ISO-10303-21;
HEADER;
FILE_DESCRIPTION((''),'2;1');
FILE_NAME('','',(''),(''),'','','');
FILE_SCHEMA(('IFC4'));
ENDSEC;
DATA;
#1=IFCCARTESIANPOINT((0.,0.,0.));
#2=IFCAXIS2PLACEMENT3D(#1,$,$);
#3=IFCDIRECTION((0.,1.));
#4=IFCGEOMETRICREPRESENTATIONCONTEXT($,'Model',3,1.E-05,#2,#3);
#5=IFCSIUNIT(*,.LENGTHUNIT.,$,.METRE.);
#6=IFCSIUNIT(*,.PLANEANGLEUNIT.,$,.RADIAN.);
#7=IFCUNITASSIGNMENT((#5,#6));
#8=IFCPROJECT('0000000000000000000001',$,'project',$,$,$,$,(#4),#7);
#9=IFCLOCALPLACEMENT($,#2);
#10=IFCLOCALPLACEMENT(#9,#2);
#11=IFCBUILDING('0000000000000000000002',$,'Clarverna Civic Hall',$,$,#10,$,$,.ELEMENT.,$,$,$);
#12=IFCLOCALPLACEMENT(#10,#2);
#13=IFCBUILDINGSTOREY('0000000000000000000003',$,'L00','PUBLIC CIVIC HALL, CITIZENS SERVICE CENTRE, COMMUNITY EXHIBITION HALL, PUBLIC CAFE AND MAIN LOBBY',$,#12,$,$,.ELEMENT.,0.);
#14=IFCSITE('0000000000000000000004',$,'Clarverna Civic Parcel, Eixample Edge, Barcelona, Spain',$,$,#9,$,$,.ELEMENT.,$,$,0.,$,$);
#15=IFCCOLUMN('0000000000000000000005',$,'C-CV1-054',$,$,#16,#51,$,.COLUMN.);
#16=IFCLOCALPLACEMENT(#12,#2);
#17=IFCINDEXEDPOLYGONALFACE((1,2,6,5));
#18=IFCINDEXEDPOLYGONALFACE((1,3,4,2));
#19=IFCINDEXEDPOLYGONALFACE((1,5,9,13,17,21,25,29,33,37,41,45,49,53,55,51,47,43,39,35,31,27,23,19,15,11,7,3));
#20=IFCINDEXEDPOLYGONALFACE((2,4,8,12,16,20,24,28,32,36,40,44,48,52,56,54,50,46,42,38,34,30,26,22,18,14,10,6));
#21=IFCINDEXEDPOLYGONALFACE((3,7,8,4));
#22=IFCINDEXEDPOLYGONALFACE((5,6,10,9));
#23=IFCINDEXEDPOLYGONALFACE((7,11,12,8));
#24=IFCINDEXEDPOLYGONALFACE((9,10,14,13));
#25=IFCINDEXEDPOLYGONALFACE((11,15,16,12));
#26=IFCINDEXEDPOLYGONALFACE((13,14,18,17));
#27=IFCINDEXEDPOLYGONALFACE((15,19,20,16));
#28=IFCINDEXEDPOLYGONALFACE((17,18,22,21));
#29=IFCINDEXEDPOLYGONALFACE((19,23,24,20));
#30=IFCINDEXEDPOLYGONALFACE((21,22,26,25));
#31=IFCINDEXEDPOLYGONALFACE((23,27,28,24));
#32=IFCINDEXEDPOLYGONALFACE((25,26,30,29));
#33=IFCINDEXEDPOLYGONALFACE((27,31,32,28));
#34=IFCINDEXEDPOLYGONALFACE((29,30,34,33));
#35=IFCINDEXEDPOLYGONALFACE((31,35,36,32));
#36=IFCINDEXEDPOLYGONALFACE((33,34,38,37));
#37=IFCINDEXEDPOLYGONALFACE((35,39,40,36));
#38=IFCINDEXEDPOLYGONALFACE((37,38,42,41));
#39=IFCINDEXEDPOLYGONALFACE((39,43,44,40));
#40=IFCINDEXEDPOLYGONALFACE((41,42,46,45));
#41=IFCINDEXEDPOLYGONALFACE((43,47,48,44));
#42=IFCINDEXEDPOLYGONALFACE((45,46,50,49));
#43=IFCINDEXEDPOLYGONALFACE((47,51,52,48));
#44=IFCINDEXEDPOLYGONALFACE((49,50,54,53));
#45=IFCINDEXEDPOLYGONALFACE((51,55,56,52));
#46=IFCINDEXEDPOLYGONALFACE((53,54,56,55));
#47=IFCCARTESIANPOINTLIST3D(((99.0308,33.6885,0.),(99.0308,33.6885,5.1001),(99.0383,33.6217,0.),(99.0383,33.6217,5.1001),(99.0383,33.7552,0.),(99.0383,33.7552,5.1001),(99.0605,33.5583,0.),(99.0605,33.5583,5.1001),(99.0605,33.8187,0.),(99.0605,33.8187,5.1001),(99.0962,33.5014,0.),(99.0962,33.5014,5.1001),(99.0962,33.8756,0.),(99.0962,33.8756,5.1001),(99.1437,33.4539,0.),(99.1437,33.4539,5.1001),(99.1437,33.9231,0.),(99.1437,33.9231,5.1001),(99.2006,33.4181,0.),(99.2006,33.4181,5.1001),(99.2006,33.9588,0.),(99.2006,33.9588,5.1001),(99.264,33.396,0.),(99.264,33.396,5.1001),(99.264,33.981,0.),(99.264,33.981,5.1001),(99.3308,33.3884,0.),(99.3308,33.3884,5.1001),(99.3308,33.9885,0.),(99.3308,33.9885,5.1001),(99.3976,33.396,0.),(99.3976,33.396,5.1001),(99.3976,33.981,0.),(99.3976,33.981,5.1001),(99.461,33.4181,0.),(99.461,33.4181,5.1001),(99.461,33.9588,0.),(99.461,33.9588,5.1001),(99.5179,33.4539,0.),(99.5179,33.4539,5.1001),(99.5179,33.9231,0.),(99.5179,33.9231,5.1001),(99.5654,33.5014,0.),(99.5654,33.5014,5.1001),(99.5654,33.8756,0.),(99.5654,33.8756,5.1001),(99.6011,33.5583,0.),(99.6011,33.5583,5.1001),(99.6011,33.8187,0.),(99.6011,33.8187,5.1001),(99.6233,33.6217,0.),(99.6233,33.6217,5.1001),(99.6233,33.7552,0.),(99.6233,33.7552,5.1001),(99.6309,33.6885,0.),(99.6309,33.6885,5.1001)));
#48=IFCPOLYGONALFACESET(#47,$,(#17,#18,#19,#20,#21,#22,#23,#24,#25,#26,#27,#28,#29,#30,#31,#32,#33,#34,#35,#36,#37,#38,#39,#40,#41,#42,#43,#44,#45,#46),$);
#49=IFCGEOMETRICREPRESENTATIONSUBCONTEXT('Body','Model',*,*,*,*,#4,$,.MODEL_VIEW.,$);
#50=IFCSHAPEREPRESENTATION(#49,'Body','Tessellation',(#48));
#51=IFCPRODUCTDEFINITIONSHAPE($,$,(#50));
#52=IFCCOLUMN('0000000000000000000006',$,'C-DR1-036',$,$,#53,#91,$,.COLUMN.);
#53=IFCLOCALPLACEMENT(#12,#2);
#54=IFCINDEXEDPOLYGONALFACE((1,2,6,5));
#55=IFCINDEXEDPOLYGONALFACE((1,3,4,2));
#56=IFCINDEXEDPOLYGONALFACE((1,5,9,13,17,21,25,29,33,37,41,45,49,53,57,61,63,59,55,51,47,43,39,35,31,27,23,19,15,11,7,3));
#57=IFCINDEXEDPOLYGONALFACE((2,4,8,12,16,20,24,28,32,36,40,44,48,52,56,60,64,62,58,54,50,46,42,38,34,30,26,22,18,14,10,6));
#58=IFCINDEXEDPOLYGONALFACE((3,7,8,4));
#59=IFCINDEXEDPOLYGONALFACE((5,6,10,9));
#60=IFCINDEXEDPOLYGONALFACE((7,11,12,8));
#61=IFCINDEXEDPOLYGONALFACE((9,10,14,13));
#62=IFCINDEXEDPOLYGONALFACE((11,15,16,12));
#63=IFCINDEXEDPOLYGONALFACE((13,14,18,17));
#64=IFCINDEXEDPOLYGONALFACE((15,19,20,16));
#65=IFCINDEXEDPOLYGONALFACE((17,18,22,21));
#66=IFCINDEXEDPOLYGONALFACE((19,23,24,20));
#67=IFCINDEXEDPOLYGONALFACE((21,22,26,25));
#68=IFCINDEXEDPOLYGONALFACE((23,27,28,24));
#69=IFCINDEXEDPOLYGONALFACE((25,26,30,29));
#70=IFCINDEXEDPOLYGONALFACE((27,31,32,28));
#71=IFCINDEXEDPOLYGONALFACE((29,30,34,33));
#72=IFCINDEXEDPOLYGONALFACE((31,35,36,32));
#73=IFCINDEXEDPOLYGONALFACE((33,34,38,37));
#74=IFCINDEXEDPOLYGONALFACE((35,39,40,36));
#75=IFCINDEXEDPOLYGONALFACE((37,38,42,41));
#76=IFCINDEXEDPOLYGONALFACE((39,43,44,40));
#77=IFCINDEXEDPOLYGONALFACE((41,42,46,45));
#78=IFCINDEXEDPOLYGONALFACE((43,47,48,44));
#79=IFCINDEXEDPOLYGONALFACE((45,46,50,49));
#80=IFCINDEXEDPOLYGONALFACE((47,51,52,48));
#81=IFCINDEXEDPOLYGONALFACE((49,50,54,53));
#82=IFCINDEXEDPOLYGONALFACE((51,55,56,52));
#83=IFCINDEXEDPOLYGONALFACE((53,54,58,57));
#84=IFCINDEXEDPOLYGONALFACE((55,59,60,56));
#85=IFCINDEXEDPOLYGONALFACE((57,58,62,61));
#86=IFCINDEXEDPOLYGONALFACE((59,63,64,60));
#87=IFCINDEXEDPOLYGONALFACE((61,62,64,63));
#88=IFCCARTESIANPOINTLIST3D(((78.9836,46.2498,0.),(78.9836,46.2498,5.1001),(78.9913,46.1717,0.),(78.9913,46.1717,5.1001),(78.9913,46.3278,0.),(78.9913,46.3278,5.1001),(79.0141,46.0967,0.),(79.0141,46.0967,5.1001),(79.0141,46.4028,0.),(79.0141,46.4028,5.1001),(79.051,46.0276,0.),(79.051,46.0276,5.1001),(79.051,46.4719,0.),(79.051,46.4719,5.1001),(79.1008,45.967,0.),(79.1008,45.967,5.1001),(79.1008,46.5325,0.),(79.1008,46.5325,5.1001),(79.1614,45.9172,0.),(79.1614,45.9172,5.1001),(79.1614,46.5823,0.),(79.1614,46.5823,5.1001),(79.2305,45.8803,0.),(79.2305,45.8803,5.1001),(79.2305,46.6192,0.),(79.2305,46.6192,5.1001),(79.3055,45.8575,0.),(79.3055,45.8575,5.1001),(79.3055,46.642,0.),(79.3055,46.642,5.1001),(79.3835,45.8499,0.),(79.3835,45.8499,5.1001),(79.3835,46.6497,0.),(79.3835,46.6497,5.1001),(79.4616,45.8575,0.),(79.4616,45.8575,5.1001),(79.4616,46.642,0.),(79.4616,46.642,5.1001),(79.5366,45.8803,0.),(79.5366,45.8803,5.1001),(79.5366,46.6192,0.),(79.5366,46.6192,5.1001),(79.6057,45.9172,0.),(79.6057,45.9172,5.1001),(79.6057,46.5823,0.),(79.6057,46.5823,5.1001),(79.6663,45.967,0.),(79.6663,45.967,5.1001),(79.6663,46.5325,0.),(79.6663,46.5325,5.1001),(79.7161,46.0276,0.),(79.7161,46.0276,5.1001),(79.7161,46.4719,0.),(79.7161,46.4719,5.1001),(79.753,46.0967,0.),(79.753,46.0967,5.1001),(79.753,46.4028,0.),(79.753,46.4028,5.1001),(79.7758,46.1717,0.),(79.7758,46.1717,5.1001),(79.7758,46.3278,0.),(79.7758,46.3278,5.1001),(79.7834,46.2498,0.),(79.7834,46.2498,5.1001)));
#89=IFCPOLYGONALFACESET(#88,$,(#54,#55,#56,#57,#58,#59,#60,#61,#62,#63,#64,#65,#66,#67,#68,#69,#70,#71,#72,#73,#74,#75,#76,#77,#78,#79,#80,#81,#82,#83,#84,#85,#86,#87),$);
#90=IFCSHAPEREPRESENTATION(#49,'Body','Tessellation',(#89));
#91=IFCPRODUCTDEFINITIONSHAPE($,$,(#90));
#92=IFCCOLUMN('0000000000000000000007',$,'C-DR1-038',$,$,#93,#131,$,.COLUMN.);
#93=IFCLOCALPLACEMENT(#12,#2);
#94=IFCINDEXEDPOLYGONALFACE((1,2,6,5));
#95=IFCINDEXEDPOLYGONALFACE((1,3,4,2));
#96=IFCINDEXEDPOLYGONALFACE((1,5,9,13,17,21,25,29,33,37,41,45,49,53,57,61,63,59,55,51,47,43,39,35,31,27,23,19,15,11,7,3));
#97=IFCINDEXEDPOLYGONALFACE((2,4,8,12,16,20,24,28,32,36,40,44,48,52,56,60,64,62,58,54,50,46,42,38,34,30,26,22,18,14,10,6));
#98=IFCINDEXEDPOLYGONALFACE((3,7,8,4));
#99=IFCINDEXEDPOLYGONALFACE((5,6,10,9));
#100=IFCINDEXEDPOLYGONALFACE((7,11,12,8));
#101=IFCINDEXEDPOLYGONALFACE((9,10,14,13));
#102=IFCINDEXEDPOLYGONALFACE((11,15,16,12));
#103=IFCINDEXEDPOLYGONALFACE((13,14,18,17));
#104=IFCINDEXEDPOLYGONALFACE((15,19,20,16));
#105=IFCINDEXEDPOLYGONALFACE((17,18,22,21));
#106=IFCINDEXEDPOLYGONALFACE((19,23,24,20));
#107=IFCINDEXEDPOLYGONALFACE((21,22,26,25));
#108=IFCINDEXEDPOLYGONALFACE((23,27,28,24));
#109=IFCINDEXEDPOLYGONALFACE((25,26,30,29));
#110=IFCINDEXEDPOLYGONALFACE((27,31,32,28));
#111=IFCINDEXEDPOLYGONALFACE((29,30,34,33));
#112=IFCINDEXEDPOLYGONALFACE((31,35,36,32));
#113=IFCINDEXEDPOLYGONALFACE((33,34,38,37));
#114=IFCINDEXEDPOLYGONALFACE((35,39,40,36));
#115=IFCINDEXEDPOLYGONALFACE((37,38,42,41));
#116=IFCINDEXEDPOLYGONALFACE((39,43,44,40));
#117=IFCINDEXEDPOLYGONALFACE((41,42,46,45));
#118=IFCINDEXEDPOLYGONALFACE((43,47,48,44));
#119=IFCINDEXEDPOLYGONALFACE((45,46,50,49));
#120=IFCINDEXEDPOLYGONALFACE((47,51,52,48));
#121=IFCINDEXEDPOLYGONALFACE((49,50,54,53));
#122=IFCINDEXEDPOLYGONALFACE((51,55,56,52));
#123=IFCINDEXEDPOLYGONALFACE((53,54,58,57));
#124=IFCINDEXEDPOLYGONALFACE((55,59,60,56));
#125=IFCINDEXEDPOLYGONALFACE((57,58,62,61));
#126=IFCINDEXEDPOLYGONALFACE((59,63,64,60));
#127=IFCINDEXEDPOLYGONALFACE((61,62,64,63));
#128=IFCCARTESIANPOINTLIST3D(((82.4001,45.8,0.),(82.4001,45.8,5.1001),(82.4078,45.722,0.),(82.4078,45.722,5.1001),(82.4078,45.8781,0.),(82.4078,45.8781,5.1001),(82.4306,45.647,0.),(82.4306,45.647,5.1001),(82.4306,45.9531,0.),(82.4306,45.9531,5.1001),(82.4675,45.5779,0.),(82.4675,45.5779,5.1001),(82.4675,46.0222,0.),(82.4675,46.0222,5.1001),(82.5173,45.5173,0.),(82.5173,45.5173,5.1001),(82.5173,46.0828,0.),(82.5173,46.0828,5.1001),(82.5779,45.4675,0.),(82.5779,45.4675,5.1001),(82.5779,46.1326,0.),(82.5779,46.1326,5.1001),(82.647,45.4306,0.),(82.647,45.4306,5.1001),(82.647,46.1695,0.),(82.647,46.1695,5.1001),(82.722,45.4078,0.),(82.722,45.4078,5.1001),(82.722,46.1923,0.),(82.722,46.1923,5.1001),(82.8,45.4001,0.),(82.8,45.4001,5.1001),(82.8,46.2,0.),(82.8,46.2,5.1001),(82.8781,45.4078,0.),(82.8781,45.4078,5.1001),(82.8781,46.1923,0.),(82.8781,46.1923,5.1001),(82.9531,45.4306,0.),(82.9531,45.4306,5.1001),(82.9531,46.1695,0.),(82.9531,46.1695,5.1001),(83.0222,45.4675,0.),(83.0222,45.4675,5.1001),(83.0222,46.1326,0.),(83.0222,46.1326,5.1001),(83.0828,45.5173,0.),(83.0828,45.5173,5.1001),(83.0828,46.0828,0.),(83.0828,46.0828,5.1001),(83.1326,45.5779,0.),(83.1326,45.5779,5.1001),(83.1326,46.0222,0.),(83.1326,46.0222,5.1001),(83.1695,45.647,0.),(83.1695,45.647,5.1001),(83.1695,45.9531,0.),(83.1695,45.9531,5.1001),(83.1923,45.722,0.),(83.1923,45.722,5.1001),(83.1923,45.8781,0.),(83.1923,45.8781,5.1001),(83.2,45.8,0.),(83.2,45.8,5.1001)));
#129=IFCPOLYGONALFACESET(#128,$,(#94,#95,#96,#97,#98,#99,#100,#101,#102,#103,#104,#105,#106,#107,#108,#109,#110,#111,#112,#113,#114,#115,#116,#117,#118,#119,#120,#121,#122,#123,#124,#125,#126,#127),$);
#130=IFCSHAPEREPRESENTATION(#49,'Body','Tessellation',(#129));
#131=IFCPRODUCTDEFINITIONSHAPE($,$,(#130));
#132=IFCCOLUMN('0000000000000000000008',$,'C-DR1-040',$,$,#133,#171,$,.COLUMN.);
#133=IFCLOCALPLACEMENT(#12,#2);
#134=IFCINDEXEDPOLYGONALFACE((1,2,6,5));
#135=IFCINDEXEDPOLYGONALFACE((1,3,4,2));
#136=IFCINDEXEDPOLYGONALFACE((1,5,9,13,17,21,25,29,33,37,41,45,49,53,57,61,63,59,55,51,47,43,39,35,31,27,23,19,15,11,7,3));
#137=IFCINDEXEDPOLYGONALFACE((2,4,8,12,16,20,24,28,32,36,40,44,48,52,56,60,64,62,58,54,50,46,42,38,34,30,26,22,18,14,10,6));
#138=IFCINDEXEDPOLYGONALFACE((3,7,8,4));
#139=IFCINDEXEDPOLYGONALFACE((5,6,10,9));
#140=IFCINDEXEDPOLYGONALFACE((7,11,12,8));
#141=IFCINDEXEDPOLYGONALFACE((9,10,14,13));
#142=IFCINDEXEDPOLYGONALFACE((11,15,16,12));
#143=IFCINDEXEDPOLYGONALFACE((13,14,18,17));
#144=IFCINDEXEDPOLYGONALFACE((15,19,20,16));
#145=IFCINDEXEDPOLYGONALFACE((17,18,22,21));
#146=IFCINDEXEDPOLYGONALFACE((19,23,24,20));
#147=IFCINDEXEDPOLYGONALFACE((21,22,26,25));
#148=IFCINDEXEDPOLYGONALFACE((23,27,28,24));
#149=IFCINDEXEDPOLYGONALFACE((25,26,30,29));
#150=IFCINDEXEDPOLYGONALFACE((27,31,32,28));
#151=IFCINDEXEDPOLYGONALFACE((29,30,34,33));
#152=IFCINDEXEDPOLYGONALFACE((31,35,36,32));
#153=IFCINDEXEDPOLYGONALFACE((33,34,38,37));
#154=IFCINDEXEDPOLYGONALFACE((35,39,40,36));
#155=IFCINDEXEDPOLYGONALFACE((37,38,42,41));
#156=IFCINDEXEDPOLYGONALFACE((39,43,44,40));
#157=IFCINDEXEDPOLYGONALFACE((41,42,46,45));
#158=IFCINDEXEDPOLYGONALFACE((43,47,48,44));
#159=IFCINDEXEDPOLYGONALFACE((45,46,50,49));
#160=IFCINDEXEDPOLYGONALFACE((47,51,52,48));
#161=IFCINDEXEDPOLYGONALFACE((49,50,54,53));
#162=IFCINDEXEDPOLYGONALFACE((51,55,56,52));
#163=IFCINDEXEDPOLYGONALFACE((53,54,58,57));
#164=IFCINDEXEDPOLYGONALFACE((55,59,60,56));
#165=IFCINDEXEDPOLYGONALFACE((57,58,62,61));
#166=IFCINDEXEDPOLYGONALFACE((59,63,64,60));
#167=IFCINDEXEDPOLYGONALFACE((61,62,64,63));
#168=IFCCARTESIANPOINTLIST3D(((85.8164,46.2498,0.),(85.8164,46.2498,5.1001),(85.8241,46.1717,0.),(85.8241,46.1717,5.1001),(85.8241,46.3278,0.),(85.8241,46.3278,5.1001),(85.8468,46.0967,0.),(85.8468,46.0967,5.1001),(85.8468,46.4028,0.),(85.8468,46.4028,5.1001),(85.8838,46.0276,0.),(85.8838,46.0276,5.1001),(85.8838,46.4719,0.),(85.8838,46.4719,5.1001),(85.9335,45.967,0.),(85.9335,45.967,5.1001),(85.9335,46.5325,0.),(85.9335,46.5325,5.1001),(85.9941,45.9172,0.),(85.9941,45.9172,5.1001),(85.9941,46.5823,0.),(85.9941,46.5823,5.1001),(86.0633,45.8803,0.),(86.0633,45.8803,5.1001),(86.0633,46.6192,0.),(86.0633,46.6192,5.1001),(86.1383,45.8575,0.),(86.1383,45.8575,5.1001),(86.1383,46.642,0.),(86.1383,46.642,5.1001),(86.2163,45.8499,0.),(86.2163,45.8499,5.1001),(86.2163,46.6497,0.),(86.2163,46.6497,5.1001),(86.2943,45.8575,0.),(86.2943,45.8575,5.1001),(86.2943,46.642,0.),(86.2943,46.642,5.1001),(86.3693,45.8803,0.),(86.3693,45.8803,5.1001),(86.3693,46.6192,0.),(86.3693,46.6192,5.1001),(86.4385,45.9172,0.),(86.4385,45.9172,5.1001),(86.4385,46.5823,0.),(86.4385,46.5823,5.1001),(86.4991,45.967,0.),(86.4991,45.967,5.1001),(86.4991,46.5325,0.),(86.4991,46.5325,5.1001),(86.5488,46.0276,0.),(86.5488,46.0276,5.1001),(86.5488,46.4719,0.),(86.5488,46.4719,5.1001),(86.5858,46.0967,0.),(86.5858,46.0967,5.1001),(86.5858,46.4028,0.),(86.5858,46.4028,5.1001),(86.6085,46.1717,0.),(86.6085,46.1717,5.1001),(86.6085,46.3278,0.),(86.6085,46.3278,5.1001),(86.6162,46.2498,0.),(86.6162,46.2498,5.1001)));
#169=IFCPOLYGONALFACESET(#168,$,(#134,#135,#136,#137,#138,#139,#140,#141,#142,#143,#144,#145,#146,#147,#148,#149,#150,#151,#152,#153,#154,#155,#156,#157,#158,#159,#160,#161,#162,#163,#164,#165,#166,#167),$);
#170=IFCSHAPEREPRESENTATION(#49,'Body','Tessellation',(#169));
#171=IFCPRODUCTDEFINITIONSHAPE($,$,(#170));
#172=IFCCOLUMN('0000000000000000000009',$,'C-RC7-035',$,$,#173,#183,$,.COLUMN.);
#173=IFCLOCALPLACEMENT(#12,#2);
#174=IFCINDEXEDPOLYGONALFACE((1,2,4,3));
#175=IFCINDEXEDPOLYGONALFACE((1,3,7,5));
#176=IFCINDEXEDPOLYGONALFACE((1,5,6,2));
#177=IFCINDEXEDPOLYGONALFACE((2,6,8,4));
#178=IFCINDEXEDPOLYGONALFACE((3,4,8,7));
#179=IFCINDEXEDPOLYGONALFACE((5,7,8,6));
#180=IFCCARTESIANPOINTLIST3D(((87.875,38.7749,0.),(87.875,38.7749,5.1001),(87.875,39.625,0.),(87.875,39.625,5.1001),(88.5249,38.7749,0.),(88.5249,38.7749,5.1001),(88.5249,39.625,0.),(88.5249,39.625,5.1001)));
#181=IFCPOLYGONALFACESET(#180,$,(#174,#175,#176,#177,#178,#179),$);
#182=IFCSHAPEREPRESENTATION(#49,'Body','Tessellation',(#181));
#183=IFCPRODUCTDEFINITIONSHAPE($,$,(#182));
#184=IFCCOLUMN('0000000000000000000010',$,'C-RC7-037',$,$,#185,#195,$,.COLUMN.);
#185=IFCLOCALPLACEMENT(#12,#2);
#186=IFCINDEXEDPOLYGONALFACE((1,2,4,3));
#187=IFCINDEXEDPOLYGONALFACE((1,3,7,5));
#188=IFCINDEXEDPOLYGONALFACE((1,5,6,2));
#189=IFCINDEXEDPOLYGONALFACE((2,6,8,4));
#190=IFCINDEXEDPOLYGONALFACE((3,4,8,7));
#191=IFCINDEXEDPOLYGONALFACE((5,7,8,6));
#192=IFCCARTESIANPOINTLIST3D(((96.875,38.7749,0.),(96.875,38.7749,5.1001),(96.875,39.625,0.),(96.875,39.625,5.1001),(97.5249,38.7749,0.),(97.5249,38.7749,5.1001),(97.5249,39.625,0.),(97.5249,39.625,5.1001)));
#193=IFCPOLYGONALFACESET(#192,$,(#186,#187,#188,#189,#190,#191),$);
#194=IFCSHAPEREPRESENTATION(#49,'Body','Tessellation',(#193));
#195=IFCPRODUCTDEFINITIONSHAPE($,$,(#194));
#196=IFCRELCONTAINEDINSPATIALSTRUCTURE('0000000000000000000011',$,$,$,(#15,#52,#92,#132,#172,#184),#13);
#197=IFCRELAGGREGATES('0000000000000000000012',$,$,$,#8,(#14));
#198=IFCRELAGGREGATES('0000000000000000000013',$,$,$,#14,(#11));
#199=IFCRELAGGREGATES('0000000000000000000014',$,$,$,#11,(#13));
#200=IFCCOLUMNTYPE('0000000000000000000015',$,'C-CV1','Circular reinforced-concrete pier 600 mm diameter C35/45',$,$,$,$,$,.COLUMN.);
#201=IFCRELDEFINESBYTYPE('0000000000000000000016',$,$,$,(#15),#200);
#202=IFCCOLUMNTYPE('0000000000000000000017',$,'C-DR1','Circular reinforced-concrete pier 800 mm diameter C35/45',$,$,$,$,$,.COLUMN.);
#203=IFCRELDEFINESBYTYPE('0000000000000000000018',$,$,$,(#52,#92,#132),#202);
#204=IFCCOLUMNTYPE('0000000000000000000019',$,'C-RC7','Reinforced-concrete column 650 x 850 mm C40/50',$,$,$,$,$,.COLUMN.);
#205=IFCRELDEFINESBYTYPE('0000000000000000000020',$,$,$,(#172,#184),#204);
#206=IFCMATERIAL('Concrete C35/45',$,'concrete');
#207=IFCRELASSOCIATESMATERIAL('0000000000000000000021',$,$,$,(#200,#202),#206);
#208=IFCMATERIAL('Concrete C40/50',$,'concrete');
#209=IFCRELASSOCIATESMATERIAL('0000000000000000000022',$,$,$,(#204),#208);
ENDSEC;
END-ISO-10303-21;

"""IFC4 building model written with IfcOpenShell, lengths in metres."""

from ifc_helpers import new_model, si_unit, direction, frame, origin, origin_2d, place, context, subcontext, project, spatial, rectangle, circle, extrude, material, material_profile, profile_set, type_object, element, save


model = new_model("IFC4")

# Units and contexts
model_context = context("Model", 3, precision=1e-05, world=origin(), true_north=direction((0.0, 1.0)))
body_context = subcontext(model_context, "Body", "Model", "MODEL_VIEW")
ifc_project = project(units=[si_unit("LENGTHUNIT", "METRE"), si_unit("PLANEANGLEUNIT", "RADIAN")], contexts=[model_context])

# Site, building, storey
site_placement = place(None, origin())
site = spatial("IfcSite", under=ifc_project, at=site_placement, Name="Clarverna Civic Parcel, Eixample Edge, Barcelona, Spain", CompositionType="ELEMENT", RefElevation=0.0)
building_placement = place(site_placement, origin())
building = spatial("IfcBuilding", under=site, at=building_placement, Name="Clarverna Civic Hall", CompositionType="ELEMENT")
storey_placement = place(building_placement, origin())
storey = spatial("IfcBuildingStorey", under=building, at=storey_placement, Name="L00", Description="PUBLIC CIVIC HALL, CITIZENS SERVICE CENTRE, COMMUNITY EXHIBITION HALL, PUBLIC CAFE AND MAIN LOBBY", CompositionType="ELEMENT", Elevation=0.0)

# Columns
ifc_material_1 = material(Name="Concrete C35/45", Category="concrete")
ifc_material_profile_1 = material_profile(ifc_material_1, circle(Radius=0.3, at=origin_2d()), Name="RC D600")
ifc_profile_set_1 = profile_set([ifc_material_profile_1], Name="Concrete C35/45")
column_type_1 = type_object("IfcColumnType", Name="C-CV1", Description="Circular reinforced-concrete pier 600 mm diameter C35/45", PredefinedType="COLUMN", material=ifc_profile_set_1)
for number, where, z_axis, x_axis, name in (
    (1, (99.3308, 33.6885, 0.0), (0.0, 0.0, 1.0), (1.0, 0.0, 0.0), "C-CV1-054"),
):
    element("IfcColumn", number, at=place(storey_placement, frame(where, z_axis=z_axis, x_axis=x_axis)), inside=storey, type_object=column_type_1, Name=name, PredefinedType="COLUMN", context=body_context, shape_type="SweptSolid", body=[
        extrude(circle(Radius=0.3, at=origin_2d()), origin(), (0.0, 0.0, 1.0), 5.1001),
    ])
ifc_material_profile_2 = material_profile(ifc_material_1, circle(Radius=0.3999, at=origin_2d()), Name="RC D800")
ifc_profile_set_2 = profile_set([ifc_material_profile_2], Name="Concrete C35/45")
column_type_2 = type_object("IfcColumnType", Name="C-DR1", Description="Circular reinforced-concrete pier 800 mm diameter C35/45", PredefinedType="COLUMN", material=ifc_profile_set_2)
for number, where, z_axis, x_axis, name in (
    (2, (79.3835, 46.2498, 0.0), (0.0, 0.0, 1.0), (1.0, 0.0, 0.0), "C-DR1-036"),
    (3, (82.8, 45.8, 0.0), (0.0, 0.0, 1.0), (1.0, 0.0, 0.0), "C-DR1-038"),
    (4, (86.2163, 46.2498, 0.0), (0.0, 0.0, 1.0), (1.0, 0.0, 0.0), "C-DR1-040"),
):
    element("IfcColumn", number, at=place(storey_placement, frame(where, z_axis=z_axis, x_axis=x_axis)), inside=storey, type_object=column_type_2, Name=name, PredefinedType="COLUMN", context=body_context, shape_type="SweptSolid", body=[
        extrude(circle(Radius=0.3999, at=origin_2d()), origin(), (0.0, 0.0, 1.0), 5.1001),
    ])
ifc_material_2 = material(Name="Concrete C40/50", Category="concrete")
ifc_material_profile_3 = material_profile(ifc_material_2, rectangle(XDim=0.6499, YDim=0.8501, at=origin_2d()), Name="RC 650x850")
ifc_profile_set_3 = profile_set([ifc_material_profile_3], Name="Concrete C40/50")
column_type_3 = type_object("IfcColumnType", Name="C-RC7", Description="Reinforced-concrete column 650 x 850 mm C40/50", PredefinedType="COLUMN", material=ifc_profile_set_3)
for number, where, z_axis, x_axis, name in (
    (5, (88.2, 39.2, 0.0), (0.0, 0.0, 1.0), (1.0, 0.0, 0.0), "C-RC7-035"),
    (6, (97.2, 39.2, 0.0), (0.0, 0.0, 1.0), (1.0, 0.0, 0.0), "C-RC7-037"),
):
    element("IfcColumn", number, at=place(storey_placement, frame(where, z_axis=z_axis, x_axis=x_axis)), inside=storey, type_object=column_type_3, Name=name, PredefinedType="COLUMN", context=body_context, shape_type="SweptSolid", body=[
        extrude(rectangle(XDim=0.6499, YDim=0.8501, at=origin_2d()), origin(), (0.0, 0.0, 1.0), 5.1001),
    ])

save(model, "model.ifc")
